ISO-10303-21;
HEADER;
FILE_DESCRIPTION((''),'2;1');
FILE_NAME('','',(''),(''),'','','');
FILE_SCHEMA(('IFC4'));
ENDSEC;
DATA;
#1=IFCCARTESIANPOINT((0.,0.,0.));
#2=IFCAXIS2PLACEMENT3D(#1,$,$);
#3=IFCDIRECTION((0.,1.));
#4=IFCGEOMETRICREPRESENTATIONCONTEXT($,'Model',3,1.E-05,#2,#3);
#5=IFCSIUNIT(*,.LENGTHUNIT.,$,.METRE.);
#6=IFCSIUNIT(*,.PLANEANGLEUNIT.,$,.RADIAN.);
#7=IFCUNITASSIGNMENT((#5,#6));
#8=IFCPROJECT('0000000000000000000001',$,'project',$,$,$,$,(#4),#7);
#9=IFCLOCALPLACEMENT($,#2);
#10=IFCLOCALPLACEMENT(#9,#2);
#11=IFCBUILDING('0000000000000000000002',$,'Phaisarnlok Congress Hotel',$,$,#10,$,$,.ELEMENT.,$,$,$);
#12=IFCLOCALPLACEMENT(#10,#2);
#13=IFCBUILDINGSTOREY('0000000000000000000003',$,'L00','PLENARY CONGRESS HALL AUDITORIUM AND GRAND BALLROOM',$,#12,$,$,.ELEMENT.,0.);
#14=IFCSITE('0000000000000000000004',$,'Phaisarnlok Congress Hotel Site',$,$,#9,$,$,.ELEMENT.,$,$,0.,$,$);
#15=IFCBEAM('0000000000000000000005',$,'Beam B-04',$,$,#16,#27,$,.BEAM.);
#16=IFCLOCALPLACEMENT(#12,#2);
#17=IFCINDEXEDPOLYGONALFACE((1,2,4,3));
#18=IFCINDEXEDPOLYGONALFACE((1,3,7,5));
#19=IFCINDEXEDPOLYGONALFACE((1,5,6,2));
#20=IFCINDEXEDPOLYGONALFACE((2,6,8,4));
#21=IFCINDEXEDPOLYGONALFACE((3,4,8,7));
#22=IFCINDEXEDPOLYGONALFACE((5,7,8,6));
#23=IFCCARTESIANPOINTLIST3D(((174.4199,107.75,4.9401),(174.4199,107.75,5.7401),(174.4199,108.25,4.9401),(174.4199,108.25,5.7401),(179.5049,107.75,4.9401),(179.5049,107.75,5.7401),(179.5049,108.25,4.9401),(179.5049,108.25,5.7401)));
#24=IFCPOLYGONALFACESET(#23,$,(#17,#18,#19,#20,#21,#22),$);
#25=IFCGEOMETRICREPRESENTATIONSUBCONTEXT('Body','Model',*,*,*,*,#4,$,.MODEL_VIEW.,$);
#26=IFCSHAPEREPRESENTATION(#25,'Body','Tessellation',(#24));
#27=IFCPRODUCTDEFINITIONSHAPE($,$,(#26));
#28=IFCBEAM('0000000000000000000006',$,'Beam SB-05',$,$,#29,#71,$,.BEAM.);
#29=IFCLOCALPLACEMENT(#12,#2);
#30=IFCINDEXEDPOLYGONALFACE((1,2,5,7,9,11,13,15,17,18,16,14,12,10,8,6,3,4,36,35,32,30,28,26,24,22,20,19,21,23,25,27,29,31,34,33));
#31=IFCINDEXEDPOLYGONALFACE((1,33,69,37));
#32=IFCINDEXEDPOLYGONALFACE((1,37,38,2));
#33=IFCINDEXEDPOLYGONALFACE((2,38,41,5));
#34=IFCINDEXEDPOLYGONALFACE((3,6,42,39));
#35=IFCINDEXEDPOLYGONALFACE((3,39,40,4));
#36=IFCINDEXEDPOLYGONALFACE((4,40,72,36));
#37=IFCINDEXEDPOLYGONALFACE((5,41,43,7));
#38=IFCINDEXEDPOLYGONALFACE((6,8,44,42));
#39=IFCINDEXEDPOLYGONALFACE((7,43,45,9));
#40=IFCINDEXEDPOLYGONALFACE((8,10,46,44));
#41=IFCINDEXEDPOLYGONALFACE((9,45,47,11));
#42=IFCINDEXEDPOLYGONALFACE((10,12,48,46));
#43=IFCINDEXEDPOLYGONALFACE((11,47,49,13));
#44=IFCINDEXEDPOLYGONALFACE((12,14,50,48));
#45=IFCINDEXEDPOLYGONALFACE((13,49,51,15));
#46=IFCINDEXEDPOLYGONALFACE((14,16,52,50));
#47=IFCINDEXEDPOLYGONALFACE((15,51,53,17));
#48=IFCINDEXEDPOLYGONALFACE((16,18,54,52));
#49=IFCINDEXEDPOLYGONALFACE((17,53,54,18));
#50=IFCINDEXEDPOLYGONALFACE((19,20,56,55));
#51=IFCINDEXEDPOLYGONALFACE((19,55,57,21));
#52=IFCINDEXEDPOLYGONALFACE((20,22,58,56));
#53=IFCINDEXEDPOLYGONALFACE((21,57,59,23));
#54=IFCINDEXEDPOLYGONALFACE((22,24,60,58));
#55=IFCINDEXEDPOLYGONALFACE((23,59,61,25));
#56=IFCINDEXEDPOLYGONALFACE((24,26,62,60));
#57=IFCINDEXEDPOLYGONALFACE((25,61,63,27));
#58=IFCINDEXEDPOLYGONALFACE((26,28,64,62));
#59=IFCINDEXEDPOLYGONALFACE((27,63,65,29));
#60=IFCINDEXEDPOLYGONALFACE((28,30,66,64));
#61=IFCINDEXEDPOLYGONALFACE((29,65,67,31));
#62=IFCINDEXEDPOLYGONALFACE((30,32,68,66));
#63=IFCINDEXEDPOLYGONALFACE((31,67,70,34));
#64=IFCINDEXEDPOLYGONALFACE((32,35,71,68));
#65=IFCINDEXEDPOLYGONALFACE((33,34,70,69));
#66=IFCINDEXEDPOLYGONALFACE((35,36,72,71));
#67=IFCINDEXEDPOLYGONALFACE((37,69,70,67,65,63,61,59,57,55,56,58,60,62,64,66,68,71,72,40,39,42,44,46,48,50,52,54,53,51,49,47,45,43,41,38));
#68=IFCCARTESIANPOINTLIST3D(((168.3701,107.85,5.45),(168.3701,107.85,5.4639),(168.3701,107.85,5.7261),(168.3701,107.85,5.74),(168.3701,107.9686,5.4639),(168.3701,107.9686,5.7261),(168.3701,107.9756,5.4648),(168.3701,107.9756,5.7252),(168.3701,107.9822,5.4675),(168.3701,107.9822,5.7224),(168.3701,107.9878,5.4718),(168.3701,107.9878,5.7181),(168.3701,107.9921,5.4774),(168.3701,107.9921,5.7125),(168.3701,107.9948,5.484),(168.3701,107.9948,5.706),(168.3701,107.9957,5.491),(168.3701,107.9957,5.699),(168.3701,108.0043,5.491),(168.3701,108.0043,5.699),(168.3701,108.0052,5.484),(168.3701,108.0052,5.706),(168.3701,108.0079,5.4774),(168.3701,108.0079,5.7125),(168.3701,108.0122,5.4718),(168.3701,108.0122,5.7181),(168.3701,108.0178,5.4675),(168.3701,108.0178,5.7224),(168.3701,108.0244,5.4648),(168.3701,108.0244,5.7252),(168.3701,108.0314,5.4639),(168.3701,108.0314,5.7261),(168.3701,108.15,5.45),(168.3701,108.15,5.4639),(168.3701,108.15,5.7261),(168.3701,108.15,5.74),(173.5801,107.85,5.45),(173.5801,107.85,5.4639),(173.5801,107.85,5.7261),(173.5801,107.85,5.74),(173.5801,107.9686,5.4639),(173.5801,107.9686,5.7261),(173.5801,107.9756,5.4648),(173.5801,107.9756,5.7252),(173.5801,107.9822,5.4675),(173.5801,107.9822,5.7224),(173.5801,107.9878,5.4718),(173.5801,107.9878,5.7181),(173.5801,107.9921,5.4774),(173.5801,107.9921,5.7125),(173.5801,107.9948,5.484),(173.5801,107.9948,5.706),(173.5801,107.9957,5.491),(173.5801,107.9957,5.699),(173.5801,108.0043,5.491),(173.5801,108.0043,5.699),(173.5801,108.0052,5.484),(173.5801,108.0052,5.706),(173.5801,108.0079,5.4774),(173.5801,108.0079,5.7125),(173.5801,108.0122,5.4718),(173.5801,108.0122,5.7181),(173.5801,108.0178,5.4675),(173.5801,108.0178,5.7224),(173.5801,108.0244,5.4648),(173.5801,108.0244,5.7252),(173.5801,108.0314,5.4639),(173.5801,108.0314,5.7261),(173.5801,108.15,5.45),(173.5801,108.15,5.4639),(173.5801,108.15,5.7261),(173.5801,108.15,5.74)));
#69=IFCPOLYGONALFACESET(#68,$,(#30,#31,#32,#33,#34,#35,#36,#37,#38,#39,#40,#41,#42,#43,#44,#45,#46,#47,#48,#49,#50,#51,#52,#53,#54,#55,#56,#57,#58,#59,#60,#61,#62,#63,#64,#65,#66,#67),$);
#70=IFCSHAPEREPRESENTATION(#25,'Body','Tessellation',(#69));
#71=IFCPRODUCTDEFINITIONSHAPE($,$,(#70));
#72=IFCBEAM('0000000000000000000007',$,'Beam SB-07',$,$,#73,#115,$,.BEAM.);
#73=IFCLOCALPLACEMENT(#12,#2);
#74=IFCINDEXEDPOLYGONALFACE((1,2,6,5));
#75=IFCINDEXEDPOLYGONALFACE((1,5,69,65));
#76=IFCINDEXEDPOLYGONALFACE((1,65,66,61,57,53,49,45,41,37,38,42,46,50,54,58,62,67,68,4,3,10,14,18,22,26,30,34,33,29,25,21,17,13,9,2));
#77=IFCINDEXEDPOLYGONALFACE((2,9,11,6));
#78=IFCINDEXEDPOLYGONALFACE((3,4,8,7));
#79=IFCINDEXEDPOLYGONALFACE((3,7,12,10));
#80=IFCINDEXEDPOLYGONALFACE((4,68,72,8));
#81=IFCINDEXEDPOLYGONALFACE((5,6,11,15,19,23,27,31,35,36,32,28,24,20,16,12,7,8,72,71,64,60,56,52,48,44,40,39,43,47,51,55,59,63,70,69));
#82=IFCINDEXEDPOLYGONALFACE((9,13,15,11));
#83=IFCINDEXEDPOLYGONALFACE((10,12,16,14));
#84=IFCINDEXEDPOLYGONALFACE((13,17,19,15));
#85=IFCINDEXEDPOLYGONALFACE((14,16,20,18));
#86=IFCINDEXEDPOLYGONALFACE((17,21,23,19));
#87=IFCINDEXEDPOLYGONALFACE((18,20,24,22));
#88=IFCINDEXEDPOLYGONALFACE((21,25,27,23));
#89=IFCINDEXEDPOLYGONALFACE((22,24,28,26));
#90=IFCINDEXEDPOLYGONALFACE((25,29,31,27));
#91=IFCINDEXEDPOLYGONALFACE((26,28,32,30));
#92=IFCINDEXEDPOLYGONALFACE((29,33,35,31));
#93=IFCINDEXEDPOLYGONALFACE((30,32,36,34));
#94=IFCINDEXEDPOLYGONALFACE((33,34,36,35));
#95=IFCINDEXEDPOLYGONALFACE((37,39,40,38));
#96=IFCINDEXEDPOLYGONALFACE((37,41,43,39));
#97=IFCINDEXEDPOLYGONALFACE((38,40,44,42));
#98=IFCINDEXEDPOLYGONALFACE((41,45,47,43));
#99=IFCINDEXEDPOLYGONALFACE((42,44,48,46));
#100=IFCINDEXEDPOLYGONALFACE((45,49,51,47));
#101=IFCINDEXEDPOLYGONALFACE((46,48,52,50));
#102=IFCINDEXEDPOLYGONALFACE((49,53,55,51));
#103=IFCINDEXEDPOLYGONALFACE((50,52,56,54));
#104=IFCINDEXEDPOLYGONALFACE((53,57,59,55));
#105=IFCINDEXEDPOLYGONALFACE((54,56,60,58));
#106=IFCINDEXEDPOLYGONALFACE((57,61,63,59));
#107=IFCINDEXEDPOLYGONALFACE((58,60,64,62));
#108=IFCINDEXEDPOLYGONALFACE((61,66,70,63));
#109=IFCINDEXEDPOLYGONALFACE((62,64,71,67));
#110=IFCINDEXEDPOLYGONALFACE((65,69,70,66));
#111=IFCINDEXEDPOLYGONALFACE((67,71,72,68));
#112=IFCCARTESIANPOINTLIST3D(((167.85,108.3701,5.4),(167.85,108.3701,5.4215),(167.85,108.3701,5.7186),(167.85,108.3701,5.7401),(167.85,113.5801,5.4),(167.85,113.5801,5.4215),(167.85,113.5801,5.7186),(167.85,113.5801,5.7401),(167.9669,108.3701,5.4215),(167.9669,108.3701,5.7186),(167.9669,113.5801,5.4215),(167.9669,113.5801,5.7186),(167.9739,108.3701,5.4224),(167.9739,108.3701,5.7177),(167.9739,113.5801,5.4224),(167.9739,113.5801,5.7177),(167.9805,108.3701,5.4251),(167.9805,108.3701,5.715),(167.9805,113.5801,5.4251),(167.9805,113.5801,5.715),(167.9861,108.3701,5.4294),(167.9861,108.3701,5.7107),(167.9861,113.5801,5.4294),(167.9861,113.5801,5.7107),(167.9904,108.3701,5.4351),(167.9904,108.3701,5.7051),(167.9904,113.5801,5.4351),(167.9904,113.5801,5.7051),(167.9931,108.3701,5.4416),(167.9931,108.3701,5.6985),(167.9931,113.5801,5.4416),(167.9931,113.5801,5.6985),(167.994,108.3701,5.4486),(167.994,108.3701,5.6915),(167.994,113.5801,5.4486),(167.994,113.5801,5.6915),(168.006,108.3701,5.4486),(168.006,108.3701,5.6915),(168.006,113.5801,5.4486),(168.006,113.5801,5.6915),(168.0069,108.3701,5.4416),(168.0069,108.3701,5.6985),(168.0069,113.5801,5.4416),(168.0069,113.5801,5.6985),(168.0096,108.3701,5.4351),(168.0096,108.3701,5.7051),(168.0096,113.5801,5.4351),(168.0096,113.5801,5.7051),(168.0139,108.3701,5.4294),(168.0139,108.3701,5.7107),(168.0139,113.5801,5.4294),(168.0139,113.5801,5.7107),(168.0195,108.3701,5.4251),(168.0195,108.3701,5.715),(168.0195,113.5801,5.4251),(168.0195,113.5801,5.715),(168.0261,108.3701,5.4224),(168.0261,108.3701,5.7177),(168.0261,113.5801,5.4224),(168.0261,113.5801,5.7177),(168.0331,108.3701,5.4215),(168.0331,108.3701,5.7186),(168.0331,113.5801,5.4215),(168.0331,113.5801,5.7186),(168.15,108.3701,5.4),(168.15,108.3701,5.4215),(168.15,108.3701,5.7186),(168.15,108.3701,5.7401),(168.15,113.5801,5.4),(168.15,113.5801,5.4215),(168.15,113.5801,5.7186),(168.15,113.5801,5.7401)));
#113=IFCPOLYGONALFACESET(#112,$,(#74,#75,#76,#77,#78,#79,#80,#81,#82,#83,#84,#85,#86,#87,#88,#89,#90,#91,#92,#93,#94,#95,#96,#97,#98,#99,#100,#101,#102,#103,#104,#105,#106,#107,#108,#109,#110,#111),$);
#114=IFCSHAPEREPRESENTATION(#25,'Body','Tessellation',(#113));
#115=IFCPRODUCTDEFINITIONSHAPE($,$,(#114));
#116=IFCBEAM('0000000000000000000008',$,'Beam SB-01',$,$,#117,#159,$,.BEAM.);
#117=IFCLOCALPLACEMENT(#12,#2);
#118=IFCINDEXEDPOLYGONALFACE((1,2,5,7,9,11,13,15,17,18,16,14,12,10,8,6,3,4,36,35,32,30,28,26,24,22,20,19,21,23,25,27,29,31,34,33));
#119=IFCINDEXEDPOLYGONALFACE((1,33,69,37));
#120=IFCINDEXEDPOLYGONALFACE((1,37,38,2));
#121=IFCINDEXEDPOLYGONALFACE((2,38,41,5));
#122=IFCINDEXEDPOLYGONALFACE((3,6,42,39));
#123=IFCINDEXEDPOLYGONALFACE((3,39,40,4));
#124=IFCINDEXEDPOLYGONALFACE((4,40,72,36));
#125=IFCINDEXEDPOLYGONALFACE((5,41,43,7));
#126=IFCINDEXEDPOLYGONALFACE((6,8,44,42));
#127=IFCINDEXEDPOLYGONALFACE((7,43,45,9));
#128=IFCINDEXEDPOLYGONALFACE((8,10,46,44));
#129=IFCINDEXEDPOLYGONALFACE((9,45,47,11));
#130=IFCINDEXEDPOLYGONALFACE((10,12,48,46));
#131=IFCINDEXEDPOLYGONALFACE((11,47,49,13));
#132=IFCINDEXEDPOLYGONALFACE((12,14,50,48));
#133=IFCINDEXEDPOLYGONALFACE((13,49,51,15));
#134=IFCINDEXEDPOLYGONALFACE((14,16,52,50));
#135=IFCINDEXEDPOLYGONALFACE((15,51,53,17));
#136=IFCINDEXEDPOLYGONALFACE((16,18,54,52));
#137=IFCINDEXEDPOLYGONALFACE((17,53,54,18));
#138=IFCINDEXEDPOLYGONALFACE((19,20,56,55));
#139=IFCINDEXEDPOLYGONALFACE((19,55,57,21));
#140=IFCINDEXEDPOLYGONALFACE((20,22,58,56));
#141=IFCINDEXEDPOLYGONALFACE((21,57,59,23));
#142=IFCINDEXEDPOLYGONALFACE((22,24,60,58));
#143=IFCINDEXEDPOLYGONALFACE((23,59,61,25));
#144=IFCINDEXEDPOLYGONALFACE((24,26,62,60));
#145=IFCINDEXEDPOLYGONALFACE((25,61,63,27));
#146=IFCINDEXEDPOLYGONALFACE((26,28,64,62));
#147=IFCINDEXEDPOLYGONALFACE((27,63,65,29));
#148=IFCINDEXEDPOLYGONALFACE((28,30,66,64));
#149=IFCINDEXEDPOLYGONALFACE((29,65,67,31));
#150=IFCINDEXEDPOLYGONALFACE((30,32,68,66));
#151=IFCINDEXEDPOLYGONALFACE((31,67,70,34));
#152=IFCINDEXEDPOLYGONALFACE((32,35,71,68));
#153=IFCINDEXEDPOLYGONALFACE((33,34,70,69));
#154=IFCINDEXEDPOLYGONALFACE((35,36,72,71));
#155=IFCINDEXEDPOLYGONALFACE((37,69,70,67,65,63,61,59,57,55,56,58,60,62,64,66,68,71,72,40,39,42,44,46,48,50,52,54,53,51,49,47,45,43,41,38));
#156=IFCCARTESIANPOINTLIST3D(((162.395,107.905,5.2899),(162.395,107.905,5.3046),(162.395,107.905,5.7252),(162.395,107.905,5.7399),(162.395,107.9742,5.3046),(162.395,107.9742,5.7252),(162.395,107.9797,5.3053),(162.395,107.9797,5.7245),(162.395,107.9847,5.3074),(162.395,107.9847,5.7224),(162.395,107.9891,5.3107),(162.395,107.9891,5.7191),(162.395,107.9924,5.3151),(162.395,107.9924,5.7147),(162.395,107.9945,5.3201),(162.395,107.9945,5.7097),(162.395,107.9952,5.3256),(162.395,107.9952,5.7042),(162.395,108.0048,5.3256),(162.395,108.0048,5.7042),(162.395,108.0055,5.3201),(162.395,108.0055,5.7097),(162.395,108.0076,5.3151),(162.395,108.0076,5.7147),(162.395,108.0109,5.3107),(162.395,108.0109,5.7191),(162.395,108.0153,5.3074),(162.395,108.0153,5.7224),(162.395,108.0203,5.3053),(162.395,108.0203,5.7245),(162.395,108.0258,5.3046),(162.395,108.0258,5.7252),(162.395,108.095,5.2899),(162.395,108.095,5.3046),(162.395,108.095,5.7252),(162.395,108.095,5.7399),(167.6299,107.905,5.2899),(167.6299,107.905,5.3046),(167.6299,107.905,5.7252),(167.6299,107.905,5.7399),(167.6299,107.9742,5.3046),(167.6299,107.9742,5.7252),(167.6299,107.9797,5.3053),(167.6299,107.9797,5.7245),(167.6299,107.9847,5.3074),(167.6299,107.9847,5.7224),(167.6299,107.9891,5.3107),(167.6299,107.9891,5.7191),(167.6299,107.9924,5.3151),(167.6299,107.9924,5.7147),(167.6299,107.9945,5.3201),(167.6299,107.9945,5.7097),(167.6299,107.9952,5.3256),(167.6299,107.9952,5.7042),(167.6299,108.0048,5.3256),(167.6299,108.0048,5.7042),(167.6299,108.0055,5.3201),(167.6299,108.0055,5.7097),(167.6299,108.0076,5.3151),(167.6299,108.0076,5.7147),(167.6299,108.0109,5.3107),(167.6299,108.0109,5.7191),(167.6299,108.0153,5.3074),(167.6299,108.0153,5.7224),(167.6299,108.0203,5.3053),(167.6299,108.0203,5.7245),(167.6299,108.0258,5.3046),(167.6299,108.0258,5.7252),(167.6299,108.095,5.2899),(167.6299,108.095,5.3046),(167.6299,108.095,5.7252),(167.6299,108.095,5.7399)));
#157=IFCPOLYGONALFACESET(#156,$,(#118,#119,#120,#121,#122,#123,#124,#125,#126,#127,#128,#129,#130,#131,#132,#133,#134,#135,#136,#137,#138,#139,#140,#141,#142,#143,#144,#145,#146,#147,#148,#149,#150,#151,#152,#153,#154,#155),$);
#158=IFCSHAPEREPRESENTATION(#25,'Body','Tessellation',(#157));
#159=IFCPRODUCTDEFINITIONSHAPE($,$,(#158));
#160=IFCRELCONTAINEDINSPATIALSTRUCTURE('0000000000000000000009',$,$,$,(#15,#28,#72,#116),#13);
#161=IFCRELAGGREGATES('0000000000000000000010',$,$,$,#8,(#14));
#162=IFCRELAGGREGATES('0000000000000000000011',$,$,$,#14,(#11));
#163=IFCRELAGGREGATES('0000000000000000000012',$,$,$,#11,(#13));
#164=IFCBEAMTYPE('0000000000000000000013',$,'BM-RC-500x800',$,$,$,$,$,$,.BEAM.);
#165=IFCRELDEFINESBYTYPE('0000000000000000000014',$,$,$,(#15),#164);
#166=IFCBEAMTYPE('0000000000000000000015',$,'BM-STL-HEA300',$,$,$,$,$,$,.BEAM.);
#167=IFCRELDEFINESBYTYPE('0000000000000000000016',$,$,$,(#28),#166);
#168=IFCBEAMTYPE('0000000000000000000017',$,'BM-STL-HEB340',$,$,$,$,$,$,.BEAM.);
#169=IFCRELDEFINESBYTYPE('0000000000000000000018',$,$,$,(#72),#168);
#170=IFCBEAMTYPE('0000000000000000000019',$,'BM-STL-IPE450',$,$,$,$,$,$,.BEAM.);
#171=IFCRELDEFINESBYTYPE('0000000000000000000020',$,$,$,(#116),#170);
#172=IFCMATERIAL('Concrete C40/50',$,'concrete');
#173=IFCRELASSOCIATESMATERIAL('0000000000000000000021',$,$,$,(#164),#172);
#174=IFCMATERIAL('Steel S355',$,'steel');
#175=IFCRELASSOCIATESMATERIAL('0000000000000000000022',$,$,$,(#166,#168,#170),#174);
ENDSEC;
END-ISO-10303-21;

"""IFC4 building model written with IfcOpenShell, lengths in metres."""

from ifc_helpers import new_model, si_unit, direction, frame, origin, origin_2d, place, context, subcontext, project, spatial, rectangle, i_section, extrude, material, material_profile, profile_set, type_object, element, save


model = new_model("IFC4")

# Units and contexts
model_context = context("Model", 3, precision=1e-05, world=origin(), true_north=direction((0.0, 1.0)))
body_context = subcontext(model_context, "Body", "Model", "MODEL_VIEW")
ifc_project = project(units=[si_unit("LENGTHUNIT", "METRE"), si_unit("PLANEANGLEUNIT", "RADIAN")], contexts=[model_context])

# Site, building, storey
site_placement = place(None, origin())
site = spatial("IfcSite", under=ifc_project, at=site_placement, Name="Phaisarnlok Congress Hotel Site", CompositionType="ELEMENT", RefElevation=0.0)
building_placement = place(site_placement, origin())
building = spatial("IfcBuilding", under=site, at=building_placement, Name="Phaisarnlok Congress Hotel", CompositionType="ELEMENT")
storey_placement = place(building_placement, origin())
storey = spatial("IfcBuildingStorey", under=building, at=storey_placement, Name="L00", Description="PLENARY CONGRESS HALL AUDITORIUM AND GRAND BALLROOM", CompositionType="ELEMENT", Elevation=0.0)

# Beams
ifc_material_1 = material(Name="Concrete C40/50", Category="concrete")
ifc_material_profile_1 = material_profile(ifc_material_1, rectangle(XDim=0.5, YDim=0.8, at=origin_2d()), Name="RC 500x800")
ifc_profile_set_1 = profile_set([ifc_material_profile_1], Name="Concrete C40/50")
beam_type_1 = type_object("IfcBeamType", Name="BM-RC-500x800", PredefinedType="BEAM", material=ifc_profile_set_1)
beam_1_placement = place(storey_placement, frame((174.4199, 108.0, 5.3401), z_axis=(1.0, 0.0, 0.0), x_axis=(0.0, 1.0, 0.0)))
element("IfcBeam", 1, at=beam_1_placement, inside=storey, type_object=beam_type_1, Name="Beam B-04", PredefinedType="BEAM", context=body_context, shape_type="SweptSolid", body=[
    extrude(rectangle(XDim=0.5, YDim=0.8, at=origin_2d()), origin(), (0.0, 0.0, 1.0), 5.085),
])
ifc_material_2 = material(Name="Steel S355", Category="steel")
ifc_material_profile_2 = material_profile(ifc_material_2, i_section(OverallWidth=0.3, OverallDepth=0.29, WebThickness=0.0085, FlangeThickness=0.0139, FilletRadius=0.0271, at=origin_2d()), Name="HEA 300")
ifc_profile_set_2 = profile_set([ifc_material_profile_2], Name="Steel S355")
beam_type_2 = type_object("IfcBeamType", Name="BM-STL-HEA300", PredefinedType="BEAM", material=ifc_profile_set_2)
beam_2_placement = place(storey_placement, frame((168.3701, 108.0, 5.595), z_axis=(1.0, 0.0, 0.0), x_axis=(0.0, 1.0, 0.0)))
element("IfcBeam", 2, at=beam_2_placement, inside=storey, type_object=beam_type_2, Name="Beam SB-05", PredefinedType="BEAM", context=body_context, shape_type="SweptSolid", body=[
    extrude(i_section(OverallWidth=0.3, OverallDepth=0.29, WebThickness=0.0085, FlangeThickness=0.0139, FilletRadius=0.0271, at=origin_2d()), origin(), (0.0, 0.0, 1.0), 5.21),
])
ifc_material_profile_3 = material_profile(ifc_material_2, i_section(OverallWidth=0.3, OverallDepth=0.3401, WebThickness=0.012, FlangeThickness=0.0215, FilletRadius=0.0271, at=origin_2d()), Name="HEB 340")
ifc_profile_set_3 = profile_set([ifc_material_profile_3], Name="Steel S355")
beam_type_3 = type_object("IfcBeamType", Name="BM-STL-HEB340", PredefinedType="BEAM", material=ifc_profile_set_3)
beam_3_placement = place(storey_placement, frame((168.0, 108.3701, 5.5701), z_axis=(0.0, 1.0, 0.0), x_axis=(-1.0, 0.0, 0.0)))
element("IfcBeam", 3, at=beam_3_placement, inside=storey, type_object=beam_type_3, Name="Beam SB-07", PredefinedType="BEAM", context=body_context, shape_type="SweptSolid", body=[
    extrude(i_section(OverallWidth=0.3, OverallDepth=0.3401, WebThickness=0.012, FlangeThickness=0.0215, FilletRadius=0.0271, at=origin_2d()), origin(), (0.0, 0.0, 1.0), 5.21),
])
ifc_material_profile_4 = material_profile(ifc_material_2, i_section(OverallWidth=0.1899, OverallDepth=0.45, WebThickness=0.0095, FlangeThickness=0.0146, FilletRadius=0.021, at=origin_2d()), Name="IPE 450")
ifc_profile_set_4 = profile_set([ifc_material_profile_4], Name="Steel S355")
beam_type_4 = type_object("IfcBeamType", Name="BM-STL-IPE450", PredefinedType="BEAM", material=ifc_profile_set_4)
beam_4_placement = place(storey_placement, frame((162.395, 108.0, 5.5149), z_axis=(1.0, 0.0, 0.0), x_axis=(0.0, 1.0, 0.0)))
element("IfcBeam", 4, at=beam_4_placement, inside=storey, type_object=beam_type_4, Name="Beam SB-01", PredefinedType="BEAM", context=body_context, shape_type="SweptSolid", body=[
    extrude(i_section(OverallWidth=0.1899, OverallDepth=0.45, WebThickness=0.0095, FlangeThickness=0.0146, FilletRadius=0.021, at=origin_2d()), origin(), (0.0, 0.0, 1.0), 5.2349),
])

save(model, "model.ifc")
